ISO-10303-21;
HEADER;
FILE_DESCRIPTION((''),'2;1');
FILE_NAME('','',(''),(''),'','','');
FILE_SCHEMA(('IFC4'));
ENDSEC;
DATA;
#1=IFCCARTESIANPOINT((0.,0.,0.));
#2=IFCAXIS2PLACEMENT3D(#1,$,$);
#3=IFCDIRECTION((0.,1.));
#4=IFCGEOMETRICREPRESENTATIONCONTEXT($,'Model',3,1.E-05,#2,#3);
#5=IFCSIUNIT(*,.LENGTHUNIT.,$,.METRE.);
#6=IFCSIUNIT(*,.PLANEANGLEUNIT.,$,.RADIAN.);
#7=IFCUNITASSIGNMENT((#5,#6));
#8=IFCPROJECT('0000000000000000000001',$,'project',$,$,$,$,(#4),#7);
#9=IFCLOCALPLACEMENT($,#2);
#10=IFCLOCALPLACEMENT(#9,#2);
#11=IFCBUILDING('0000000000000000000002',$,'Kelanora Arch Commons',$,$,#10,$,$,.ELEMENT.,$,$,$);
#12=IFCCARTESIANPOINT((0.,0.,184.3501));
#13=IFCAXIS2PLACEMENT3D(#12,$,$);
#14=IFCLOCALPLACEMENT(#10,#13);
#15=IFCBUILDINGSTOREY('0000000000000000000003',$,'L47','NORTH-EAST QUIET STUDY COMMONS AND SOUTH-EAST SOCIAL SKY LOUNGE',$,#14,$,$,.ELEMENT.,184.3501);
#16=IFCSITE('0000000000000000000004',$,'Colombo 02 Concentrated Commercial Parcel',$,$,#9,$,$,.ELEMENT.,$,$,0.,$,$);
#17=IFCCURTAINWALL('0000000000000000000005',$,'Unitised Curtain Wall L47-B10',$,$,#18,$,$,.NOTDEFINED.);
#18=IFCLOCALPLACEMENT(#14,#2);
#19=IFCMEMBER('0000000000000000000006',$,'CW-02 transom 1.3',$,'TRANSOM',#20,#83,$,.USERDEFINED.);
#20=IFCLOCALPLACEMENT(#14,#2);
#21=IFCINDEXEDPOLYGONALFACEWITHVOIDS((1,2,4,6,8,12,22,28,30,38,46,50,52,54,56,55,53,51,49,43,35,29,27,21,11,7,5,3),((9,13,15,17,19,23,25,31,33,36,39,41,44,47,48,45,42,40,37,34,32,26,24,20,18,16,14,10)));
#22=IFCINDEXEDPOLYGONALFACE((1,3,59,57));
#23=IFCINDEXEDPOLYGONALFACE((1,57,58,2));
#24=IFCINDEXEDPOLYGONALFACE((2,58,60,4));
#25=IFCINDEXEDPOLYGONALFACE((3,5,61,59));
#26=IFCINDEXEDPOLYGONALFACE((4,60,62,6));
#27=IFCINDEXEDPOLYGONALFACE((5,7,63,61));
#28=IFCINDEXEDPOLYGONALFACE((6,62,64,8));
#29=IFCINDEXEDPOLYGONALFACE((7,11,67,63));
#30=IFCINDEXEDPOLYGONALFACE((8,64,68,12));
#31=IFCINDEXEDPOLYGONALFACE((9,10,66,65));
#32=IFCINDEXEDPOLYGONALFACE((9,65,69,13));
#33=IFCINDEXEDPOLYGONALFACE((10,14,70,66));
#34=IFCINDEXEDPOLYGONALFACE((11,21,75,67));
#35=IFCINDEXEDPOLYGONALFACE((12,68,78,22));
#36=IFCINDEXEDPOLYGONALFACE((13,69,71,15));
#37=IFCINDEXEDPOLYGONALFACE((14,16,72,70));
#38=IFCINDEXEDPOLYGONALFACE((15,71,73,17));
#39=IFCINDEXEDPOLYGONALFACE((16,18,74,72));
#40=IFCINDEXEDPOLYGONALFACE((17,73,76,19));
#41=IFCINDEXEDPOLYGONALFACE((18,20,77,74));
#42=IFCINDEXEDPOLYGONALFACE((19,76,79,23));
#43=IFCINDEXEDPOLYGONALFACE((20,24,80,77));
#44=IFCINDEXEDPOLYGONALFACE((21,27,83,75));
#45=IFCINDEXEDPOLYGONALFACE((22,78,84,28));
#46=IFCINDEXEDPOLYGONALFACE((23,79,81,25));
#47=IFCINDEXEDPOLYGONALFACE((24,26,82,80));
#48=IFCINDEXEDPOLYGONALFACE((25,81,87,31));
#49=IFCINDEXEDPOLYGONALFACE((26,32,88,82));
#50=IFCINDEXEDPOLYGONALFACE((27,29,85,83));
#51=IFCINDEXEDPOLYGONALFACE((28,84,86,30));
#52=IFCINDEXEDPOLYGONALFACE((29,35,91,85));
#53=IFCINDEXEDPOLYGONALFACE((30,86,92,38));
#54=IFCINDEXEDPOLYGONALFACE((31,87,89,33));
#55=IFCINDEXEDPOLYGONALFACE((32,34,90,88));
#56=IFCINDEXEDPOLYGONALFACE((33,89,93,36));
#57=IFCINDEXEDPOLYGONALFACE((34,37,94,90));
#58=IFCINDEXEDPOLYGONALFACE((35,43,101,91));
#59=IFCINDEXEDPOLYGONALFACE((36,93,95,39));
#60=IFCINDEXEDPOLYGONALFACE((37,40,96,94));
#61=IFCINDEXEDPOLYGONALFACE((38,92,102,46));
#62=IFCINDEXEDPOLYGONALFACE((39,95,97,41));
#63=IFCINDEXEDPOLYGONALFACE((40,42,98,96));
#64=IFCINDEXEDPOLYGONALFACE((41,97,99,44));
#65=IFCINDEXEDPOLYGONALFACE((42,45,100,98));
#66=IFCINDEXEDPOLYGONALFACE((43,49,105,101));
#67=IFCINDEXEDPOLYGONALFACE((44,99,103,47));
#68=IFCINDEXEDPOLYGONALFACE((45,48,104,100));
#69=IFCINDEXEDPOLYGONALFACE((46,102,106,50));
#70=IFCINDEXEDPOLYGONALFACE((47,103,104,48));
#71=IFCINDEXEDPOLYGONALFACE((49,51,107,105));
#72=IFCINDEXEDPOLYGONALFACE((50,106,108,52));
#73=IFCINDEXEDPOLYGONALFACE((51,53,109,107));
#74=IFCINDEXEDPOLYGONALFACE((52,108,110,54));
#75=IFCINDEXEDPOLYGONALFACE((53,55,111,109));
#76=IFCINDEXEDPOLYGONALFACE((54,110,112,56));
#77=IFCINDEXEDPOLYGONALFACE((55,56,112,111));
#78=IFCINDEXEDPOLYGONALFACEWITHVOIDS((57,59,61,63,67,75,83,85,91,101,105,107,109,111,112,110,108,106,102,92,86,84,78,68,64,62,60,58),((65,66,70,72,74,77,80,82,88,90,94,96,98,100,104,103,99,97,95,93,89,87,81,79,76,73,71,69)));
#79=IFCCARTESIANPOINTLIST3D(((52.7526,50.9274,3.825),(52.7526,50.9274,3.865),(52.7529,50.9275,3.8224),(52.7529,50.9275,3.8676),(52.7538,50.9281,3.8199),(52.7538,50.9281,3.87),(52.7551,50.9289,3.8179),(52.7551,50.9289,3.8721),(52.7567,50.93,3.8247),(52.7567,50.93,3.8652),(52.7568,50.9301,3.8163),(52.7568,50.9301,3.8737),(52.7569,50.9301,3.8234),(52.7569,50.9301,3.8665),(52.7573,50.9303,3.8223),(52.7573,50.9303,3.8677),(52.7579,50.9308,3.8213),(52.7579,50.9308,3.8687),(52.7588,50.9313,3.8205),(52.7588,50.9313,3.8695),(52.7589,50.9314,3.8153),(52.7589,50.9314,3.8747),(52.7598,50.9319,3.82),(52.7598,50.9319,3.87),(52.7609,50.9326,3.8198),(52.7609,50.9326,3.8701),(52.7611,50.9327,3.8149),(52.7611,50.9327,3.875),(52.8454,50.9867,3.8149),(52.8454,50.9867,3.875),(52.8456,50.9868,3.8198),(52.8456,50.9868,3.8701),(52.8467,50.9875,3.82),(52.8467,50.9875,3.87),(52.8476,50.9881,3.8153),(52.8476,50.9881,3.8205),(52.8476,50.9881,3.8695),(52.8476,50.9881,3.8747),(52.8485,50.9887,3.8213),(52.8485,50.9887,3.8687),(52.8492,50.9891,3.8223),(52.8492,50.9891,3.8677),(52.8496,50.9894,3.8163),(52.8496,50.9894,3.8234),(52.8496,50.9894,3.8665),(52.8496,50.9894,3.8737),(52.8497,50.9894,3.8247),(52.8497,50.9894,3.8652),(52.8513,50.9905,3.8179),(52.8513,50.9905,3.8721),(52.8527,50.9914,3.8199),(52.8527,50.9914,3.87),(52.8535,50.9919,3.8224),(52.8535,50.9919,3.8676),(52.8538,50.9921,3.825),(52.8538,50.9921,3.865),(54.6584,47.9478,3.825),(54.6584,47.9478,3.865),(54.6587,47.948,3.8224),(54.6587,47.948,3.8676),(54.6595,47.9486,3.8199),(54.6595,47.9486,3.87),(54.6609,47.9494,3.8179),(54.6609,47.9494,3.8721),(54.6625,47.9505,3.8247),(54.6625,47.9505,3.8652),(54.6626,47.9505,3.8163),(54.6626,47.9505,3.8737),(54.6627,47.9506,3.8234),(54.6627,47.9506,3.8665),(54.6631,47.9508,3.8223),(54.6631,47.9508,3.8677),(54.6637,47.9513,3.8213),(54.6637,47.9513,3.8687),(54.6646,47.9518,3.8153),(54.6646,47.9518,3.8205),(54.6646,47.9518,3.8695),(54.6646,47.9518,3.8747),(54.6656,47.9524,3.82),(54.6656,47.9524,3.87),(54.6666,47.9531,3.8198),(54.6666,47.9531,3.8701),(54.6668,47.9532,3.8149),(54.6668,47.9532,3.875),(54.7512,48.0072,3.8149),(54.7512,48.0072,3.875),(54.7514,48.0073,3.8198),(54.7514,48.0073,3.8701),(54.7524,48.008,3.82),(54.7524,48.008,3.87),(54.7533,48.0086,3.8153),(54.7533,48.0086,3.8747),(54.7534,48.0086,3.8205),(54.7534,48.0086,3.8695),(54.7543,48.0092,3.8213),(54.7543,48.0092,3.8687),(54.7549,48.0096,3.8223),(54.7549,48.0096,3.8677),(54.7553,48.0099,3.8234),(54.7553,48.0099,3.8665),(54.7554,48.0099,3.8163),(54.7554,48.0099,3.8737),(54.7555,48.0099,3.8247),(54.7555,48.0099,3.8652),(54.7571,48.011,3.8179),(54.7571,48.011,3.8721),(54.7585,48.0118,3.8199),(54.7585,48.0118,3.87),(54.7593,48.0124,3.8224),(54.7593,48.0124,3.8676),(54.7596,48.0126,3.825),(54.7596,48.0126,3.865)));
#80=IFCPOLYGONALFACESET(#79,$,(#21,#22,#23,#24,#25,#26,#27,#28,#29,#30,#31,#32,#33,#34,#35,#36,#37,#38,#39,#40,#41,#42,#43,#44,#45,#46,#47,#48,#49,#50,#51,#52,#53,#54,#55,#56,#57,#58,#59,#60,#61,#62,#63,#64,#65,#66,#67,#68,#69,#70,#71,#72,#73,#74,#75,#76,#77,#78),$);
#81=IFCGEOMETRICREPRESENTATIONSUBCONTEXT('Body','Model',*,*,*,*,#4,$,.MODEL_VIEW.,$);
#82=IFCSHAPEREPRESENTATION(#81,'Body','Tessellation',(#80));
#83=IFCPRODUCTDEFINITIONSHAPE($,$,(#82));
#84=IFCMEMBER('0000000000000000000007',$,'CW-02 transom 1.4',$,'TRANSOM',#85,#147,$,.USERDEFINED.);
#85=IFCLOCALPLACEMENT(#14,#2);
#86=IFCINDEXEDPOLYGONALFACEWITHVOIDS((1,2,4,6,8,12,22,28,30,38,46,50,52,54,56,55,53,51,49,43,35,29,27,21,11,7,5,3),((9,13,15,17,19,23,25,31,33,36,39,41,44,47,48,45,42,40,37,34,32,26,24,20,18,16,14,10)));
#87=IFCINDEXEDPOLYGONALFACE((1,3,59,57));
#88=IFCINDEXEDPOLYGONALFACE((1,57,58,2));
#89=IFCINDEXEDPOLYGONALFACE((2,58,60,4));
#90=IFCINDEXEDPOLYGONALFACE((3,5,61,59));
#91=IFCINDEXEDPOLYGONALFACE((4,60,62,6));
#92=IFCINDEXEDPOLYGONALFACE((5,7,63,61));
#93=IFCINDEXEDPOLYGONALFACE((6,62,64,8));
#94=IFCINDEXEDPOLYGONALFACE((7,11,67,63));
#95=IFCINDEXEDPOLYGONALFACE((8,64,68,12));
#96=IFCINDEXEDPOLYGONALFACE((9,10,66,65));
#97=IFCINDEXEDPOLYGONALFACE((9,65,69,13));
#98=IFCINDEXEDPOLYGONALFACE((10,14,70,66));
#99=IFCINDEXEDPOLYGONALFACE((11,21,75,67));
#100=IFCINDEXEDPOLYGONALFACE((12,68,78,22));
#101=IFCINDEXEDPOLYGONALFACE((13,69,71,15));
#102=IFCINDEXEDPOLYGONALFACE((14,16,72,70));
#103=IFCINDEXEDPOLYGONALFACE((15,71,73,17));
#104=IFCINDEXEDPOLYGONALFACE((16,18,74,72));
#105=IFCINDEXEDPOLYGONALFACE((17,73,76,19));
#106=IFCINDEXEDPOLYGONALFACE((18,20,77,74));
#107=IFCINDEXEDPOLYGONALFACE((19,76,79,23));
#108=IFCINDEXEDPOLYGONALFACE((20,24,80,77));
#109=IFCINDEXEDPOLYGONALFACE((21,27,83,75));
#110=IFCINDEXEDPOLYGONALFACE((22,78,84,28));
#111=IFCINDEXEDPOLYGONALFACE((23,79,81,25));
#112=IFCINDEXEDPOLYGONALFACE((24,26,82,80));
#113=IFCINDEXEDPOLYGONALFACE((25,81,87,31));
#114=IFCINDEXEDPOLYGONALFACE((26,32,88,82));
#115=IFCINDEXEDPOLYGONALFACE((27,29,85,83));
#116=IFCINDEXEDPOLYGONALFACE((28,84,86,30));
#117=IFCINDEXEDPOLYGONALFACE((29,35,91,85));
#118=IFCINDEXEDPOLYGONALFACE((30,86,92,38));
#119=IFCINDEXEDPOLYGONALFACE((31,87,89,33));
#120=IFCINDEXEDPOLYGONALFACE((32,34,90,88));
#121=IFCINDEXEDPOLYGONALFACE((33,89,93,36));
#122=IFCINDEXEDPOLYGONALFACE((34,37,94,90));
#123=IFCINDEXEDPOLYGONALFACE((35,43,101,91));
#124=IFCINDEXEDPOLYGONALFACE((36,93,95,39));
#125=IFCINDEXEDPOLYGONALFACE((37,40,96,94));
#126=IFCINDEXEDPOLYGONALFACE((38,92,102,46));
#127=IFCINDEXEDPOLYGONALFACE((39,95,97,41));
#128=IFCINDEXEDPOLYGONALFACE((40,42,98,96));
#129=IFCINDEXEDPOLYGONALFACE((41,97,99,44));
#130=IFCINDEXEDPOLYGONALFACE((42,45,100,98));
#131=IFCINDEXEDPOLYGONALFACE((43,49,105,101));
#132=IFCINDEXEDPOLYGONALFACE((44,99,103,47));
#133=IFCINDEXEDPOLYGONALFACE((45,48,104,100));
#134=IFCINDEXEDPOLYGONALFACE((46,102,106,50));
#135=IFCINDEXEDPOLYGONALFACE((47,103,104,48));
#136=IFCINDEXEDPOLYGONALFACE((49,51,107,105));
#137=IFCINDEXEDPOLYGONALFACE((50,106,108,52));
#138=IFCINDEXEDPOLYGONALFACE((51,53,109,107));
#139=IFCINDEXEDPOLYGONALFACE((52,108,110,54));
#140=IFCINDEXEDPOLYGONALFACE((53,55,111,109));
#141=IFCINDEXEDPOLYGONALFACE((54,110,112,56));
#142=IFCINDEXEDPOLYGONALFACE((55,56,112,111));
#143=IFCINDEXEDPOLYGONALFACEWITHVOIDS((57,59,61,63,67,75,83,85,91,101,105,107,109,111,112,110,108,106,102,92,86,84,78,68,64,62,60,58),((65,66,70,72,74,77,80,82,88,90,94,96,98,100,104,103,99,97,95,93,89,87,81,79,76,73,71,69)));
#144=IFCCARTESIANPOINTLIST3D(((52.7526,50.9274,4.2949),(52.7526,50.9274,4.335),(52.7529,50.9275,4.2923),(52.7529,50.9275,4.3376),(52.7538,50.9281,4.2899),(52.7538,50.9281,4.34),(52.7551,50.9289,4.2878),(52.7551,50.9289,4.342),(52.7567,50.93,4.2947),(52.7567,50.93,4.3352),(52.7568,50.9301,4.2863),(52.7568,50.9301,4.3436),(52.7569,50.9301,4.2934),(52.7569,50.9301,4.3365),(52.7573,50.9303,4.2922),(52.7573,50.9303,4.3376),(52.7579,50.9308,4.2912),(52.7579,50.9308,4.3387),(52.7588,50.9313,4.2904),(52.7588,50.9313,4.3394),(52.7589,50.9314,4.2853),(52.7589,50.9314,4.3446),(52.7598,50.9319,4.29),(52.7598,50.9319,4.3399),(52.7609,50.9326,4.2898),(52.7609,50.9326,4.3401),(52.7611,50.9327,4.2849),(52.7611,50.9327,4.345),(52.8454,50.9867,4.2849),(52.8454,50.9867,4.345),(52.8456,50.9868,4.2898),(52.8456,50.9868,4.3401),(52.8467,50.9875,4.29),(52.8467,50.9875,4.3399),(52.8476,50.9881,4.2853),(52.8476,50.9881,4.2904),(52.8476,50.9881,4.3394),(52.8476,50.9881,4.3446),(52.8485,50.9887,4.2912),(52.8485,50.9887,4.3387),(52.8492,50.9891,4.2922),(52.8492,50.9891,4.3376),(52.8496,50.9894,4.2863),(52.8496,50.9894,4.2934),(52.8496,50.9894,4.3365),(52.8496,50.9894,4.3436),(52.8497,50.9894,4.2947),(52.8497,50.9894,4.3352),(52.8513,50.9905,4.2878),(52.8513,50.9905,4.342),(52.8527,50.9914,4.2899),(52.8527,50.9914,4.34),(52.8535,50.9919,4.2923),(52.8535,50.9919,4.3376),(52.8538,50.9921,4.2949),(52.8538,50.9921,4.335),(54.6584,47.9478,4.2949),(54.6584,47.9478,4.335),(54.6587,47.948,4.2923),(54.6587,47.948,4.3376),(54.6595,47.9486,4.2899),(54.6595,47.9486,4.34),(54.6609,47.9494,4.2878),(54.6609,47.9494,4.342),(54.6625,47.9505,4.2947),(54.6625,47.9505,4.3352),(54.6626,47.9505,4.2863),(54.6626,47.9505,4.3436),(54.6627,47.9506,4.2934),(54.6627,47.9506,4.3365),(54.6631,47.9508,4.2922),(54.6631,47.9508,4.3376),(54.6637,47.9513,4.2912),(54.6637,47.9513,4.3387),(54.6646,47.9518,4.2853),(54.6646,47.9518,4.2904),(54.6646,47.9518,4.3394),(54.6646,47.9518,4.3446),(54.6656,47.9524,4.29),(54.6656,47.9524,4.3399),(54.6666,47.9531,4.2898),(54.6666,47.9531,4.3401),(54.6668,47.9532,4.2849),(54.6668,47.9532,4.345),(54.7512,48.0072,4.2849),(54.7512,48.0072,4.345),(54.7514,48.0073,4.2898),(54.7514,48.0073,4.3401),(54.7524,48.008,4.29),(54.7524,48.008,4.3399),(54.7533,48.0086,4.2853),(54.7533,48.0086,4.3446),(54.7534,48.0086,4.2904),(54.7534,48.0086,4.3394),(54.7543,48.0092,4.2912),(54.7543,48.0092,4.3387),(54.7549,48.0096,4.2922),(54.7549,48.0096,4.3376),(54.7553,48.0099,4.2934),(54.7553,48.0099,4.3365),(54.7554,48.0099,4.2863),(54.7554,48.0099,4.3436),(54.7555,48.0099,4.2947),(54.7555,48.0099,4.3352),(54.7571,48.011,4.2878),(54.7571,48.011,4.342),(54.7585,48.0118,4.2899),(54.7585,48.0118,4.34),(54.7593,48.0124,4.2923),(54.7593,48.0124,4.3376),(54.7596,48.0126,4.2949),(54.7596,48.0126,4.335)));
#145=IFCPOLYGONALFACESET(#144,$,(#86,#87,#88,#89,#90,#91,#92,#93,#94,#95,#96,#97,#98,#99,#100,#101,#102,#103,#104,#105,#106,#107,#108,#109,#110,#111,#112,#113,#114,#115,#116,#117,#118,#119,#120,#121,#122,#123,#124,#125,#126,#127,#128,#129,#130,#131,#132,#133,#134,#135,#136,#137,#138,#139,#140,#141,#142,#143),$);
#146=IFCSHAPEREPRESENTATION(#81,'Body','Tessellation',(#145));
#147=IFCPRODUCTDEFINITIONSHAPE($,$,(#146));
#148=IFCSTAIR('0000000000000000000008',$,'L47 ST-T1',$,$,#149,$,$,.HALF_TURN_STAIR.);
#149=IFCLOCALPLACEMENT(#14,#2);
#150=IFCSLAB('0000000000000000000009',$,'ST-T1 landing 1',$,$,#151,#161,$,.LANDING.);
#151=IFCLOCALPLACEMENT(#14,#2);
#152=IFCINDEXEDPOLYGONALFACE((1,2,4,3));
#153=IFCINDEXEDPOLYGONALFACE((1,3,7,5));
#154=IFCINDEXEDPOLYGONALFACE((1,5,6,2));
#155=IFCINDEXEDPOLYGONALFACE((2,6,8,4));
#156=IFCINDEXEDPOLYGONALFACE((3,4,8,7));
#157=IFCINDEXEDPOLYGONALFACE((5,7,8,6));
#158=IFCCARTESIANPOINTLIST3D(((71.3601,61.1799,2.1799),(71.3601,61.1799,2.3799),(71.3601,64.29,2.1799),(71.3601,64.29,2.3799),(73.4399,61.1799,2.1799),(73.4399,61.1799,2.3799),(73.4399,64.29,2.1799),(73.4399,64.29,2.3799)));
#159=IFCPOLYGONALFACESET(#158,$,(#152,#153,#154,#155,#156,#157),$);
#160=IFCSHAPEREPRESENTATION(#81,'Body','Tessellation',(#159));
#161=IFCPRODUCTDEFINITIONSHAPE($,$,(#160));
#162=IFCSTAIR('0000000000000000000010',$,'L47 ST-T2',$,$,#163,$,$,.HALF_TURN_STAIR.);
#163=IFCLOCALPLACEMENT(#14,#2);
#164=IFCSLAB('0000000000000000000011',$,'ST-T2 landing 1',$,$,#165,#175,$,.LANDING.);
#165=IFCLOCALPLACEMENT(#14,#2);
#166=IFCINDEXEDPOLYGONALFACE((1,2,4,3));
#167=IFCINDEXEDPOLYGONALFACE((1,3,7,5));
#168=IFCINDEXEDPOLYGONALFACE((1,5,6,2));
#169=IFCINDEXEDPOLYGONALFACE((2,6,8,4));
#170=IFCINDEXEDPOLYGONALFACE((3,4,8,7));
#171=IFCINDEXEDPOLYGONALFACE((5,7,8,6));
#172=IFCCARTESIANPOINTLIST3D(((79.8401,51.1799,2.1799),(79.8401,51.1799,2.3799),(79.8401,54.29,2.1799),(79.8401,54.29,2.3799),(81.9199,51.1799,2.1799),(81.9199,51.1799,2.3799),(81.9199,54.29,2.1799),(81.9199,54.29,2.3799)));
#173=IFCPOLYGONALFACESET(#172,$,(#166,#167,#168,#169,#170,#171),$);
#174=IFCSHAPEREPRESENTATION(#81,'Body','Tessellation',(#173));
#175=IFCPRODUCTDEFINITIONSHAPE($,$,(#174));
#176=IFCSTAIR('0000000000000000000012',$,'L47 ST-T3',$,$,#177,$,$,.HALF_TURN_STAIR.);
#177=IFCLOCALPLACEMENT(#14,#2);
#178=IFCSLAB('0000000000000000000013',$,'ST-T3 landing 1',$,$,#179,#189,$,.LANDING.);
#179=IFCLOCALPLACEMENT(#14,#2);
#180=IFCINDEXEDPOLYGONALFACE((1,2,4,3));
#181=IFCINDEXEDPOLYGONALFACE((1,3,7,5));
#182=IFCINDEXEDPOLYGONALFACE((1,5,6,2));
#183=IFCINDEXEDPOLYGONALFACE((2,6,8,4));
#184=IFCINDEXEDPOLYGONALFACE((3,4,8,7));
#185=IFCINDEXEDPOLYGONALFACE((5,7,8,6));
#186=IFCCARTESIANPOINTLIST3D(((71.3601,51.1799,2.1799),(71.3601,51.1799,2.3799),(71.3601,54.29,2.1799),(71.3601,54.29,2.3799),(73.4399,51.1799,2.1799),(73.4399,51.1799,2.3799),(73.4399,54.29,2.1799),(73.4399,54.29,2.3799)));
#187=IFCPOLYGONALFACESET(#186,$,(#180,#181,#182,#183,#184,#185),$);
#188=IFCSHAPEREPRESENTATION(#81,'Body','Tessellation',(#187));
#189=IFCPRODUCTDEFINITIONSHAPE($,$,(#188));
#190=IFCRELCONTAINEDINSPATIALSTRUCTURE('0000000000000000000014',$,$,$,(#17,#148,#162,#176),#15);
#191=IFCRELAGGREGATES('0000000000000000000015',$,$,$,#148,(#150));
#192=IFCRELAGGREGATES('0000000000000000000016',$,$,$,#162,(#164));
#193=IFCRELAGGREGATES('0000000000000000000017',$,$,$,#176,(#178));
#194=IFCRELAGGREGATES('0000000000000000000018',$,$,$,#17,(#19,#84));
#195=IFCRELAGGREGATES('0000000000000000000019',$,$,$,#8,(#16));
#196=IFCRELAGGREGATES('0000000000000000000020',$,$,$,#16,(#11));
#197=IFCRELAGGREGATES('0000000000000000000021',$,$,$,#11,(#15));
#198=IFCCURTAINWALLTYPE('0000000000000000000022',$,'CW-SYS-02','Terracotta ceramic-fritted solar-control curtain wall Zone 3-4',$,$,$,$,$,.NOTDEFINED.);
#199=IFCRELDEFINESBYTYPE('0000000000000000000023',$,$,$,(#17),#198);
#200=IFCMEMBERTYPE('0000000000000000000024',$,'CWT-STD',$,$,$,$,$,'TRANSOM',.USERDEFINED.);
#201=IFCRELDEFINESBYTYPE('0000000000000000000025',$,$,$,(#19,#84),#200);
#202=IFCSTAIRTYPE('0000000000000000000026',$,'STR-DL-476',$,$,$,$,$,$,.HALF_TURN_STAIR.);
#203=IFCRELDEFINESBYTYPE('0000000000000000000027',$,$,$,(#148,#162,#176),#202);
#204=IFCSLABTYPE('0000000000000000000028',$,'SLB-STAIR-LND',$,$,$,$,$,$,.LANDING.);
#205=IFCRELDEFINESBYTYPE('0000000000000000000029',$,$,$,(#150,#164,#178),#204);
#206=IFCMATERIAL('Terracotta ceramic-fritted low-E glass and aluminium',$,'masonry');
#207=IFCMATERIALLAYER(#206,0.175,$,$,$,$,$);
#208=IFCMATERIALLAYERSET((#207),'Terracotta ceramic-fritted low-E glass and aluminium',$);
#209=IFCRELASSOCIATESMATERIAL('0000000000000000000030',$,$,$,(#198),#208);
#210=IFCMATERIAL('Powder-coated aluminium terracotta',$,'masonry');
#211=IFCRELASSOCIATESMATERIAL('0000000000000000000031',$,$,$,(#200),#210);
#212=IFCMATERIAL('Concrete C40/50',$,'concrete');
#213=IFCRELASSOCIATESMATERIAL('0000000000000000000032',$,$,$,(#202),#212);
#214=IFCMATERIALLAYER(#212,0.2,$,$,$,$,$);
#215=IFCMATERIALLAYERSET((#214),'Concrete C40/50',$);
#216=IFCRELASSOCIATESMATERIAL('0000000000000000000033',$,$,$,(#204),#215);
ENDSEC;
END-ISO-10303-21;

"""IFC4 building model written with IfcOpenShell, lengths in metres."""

from ifc_helpers import new_model, si_unit, direction, frame, origin, origin_2d, place, context, subcontext, project, spatial, polyline, hollow_rectangle, outline, extrude, material, layer, layer_set, material_profile, profile_set, type_object, element, aggregate, save


model = new_model("IFC4")

# Units and contexts
model_context = context("Model", 3, precision=1e-05, world=origin(), true_north=direction((0.0, 1.0)))
body_context = subcontext(model_context, "Body", "Model", "MODEL_VIEW")
ifc_project = project(units=[si_unit("LENGTHUNIT", "METRE"), si_unit("PLANEANGLEUNIT", "RADIAN")], contexts=[model_context])

# Site, building, storey
site_placement = place(None, origin())
site = spatial("IfcSite", under=ifc_project, at=site_placement, Name="Colombo 02 Concentrated Commercial Parcel", CompositionType="ELEMENT", RefElevation=0.0)
building_placement = place(site_placement, origin())
building = spatial("IfcBuilding", under=site, at=building_placement, Name="Kelanora Arch Commons", CompositionType="ELEMENT")
storey_placement = place(building_placement, frame((0.0, 0.0, 184.3501)))
storey = spatial("IfcBuildingStorey", under=building, at=storey_placement, Name="L47", Description="NORTH-EAST QUIET STUDY COMMONS AND SOUTH-EAST SOCIAL SKY LOUNGE", CompositionType="ELEMENT", Elevation=184.3501)

# Shared definitions
ifc_material_1 = material(Name="Terracotta ceramic-fritted low-E glass and aluminium", Category="masonry")
ifc_layer_1 = layer(ifc_material_1, 0.175)
ifc_layer_set_1 = layer_set([ifc_layer_1], Name="Terracotta ceramic-fritted low-E glass and aluminium")
curtain_wall_type = type_object("IfcCurtainWallType", Name="CW-SYS-02", Description="Terracotta ceramic-fritted solar-control curtain wall Zone 3-4", PredefinedType="NOTDEFINED", material=ifc_layer_set_1)
ifc_material_2 = material(Name="Powder-coated aluminium terracotta", Category="masonry")

# Curtain wall, members
curtain_wall_1_placement = place(storey_placement, origin())
curtain_wall_1 = element("IfcCurtainWall", 1, at=curtain_wall_1_placement, inside=storey, type_object=curtain_wall_type, Name="Unitised Curtain Wall L47-B10", PredefinedType="NOTDEFINED")
ifc_material_profile_1 = material_profile(ifc_material_2, hollow_rectangle(XDim=0.1201, YDim=0.0601, WallThickness=0.0049, InnerFilletRadius=0.0049, OuterFilletRadius=0.01, at=origin_2d()), Name="CWT120x60")
ifc_profile_set_1 = profile_set([ifc_material_profile_1], Name="Powder-coated aluminium terracotta")
member_type_1 = type_object("IfcMemberType", Name="CWT-STD", ElementType="TRANSOM", PredefinedType="USERDEFINED", material=ifc_profile_set_1)
member_1_placement = place(storey_placement, frame((52.8032, 50.9597, 3.845), z_axis=(0.53883, -0.842414, 0.0), x_axis=(0.842414, 0.53883, 0.0)))
member_1 = element("IfcMember", 2, at=member_1_placement, type_object=member_type_1, Name="CW-02 transom 1.3", ObjectType="TRANSOM", PredefinedType="USERDEFINED", context=body_context, shape_type="SweptSolid", body=[
    extrude(hollow_rectangle(XDim=0.1201, YDim=0.0601, WallThickness=0.0049, InnerFilletRadius=0.0049, OuterFilletRadius=0.01, at=origin_2d()), origin(), (0.0, 0.0, 1.0), 3.5369),
])
member_2_placement = place(storey_placement, frame((52.8032, 50.9597, 4.3149), z_axis=(0.53883, -0.842414, 0.0), x_axis=(0.842414, 0.53883, 0.0)))
member_2 = element("IfcMember", 3, at=member_2_placement, type_object=member_type_1, Name="CW-02 transom 1.4", ObjectType="TRANSOM", PredefinedType="USERDEFINED", context=body_context, shape_type="SweptSolid", body=[
    extrude(hollow_rectangle(XDim=0.1201, YDim=0.0601, WallThickness=0.0049, InnerFilletRadius=0.0049, OuterFilletRadius=0.01, at=origin_2d()), origin(), (0.0, 0.0, 1.0), 3.5369),
])

# Stairs, slabs
ifc_material_3 = material(Name="Concrete C40/50", Category="concrete")
stair_type = type_object("IfcStairType", Name="STR-DL-476", PredefinedType="HALF_TURN_STAIR", material=ifc_material_3)
stair_1_placement = place(storey_placement, origin())
stair_1 = element("IfcStair", 4, at=stair_1_placement, inside=storey, type_object=stair_type, Name="L47 ST-T1", PredefinedType="HALF_TURN_STAIR")
ifc_layer_2 = layer(ifc_material_3, 0.2)
ifc_layer_set_2 = layer_set([ifc_layer_2], Name="Concrete C40/50")
slab_type_1 = type_object("IfcSlabType", Name="SLB-STAIR-LND", PredefinedType="LANDING", material=ifc_layer_set_2)
slab_1_placement = place(storey_placement, frame((0.0, 0.0, 2.1799)))
slab_1 = element("IfcSlab", 5, at=slab_1_placement, type_object=slab_type_1, Name="ST-T1 landing 1", PredefinedType="LANDING", context=body_context, shape_type="SweptSolid", body=[
    extrude(outline(polyline([(71.3601, 61.1799), (73.4399, 61.1799), (73.4399, 64.29), (71.3601, 64.29), (71.3601, 61.1799)])), origin(), (0.0, 0.0, 1.0), 0.2),
])
aggregate(stair_1, [slab_1])
stair_2_placement = place(storey_placement, origin())
stair_2 = element("IfcStair", 6, at=stair_2_placement, inside=storey, type_object=stair_type, Name="L47 ST-T2", PredefinedType="HALF_TURN_STAIR")
slab_2_placement = place(storey_placement, frame((0.0, 0.0, 2.1799)))
slab_2 = element("IfcSlab", 7, at=slab_2_placement, type_object=slab_type_1, Name="ST-T2 landing 1", PredefinedType="LANDING", context=body_context, shape_type="SweptSolid", body=[
    extrude(outline(polyline([(79.8401, 51.1799), (81.9199, 51.1799), (81.9199, 54.29), (79.8401, 54.29), (79.8401, 51.1799)])), origin(), (0.0, 0.0, 1.0), 0.2),
])
aggregate(stair_2, [slab_2])
stair_3_placement = place(storey_placement, origin())
stair_3 = element("IfcStair", 8, at=stair_3_placement, inside=storey, type_object=stair_type, Name="L47 ST-T3", PredefinedType="HALF_TURN_STAIR")
slab_3_placement = place(storey_placement, frame((0.0, 0.0, 2.1799)))
slab_3 = element("IfcSlab", 9, at=slab_3_placement, type_object=slab_type_1, Name="ST-T3 landing 1", PredefinedType="LANDING", context=body_context, shape_type="SweptSolid", body=[
    extrude(outline(polyline([(71.3601, 51.1799), (73.4399, 51.1799), (73.4399, 54.29), (71.3601, 54.29), (71.3601, 51.1799)])), origin(), (0.0, 0.0, 1.0), 0.2),
])
aggregate(stair_3, [slab_3])

aggregate(curtain_wall_1, [member_1, member_2])

save(model, "model.ifc")
